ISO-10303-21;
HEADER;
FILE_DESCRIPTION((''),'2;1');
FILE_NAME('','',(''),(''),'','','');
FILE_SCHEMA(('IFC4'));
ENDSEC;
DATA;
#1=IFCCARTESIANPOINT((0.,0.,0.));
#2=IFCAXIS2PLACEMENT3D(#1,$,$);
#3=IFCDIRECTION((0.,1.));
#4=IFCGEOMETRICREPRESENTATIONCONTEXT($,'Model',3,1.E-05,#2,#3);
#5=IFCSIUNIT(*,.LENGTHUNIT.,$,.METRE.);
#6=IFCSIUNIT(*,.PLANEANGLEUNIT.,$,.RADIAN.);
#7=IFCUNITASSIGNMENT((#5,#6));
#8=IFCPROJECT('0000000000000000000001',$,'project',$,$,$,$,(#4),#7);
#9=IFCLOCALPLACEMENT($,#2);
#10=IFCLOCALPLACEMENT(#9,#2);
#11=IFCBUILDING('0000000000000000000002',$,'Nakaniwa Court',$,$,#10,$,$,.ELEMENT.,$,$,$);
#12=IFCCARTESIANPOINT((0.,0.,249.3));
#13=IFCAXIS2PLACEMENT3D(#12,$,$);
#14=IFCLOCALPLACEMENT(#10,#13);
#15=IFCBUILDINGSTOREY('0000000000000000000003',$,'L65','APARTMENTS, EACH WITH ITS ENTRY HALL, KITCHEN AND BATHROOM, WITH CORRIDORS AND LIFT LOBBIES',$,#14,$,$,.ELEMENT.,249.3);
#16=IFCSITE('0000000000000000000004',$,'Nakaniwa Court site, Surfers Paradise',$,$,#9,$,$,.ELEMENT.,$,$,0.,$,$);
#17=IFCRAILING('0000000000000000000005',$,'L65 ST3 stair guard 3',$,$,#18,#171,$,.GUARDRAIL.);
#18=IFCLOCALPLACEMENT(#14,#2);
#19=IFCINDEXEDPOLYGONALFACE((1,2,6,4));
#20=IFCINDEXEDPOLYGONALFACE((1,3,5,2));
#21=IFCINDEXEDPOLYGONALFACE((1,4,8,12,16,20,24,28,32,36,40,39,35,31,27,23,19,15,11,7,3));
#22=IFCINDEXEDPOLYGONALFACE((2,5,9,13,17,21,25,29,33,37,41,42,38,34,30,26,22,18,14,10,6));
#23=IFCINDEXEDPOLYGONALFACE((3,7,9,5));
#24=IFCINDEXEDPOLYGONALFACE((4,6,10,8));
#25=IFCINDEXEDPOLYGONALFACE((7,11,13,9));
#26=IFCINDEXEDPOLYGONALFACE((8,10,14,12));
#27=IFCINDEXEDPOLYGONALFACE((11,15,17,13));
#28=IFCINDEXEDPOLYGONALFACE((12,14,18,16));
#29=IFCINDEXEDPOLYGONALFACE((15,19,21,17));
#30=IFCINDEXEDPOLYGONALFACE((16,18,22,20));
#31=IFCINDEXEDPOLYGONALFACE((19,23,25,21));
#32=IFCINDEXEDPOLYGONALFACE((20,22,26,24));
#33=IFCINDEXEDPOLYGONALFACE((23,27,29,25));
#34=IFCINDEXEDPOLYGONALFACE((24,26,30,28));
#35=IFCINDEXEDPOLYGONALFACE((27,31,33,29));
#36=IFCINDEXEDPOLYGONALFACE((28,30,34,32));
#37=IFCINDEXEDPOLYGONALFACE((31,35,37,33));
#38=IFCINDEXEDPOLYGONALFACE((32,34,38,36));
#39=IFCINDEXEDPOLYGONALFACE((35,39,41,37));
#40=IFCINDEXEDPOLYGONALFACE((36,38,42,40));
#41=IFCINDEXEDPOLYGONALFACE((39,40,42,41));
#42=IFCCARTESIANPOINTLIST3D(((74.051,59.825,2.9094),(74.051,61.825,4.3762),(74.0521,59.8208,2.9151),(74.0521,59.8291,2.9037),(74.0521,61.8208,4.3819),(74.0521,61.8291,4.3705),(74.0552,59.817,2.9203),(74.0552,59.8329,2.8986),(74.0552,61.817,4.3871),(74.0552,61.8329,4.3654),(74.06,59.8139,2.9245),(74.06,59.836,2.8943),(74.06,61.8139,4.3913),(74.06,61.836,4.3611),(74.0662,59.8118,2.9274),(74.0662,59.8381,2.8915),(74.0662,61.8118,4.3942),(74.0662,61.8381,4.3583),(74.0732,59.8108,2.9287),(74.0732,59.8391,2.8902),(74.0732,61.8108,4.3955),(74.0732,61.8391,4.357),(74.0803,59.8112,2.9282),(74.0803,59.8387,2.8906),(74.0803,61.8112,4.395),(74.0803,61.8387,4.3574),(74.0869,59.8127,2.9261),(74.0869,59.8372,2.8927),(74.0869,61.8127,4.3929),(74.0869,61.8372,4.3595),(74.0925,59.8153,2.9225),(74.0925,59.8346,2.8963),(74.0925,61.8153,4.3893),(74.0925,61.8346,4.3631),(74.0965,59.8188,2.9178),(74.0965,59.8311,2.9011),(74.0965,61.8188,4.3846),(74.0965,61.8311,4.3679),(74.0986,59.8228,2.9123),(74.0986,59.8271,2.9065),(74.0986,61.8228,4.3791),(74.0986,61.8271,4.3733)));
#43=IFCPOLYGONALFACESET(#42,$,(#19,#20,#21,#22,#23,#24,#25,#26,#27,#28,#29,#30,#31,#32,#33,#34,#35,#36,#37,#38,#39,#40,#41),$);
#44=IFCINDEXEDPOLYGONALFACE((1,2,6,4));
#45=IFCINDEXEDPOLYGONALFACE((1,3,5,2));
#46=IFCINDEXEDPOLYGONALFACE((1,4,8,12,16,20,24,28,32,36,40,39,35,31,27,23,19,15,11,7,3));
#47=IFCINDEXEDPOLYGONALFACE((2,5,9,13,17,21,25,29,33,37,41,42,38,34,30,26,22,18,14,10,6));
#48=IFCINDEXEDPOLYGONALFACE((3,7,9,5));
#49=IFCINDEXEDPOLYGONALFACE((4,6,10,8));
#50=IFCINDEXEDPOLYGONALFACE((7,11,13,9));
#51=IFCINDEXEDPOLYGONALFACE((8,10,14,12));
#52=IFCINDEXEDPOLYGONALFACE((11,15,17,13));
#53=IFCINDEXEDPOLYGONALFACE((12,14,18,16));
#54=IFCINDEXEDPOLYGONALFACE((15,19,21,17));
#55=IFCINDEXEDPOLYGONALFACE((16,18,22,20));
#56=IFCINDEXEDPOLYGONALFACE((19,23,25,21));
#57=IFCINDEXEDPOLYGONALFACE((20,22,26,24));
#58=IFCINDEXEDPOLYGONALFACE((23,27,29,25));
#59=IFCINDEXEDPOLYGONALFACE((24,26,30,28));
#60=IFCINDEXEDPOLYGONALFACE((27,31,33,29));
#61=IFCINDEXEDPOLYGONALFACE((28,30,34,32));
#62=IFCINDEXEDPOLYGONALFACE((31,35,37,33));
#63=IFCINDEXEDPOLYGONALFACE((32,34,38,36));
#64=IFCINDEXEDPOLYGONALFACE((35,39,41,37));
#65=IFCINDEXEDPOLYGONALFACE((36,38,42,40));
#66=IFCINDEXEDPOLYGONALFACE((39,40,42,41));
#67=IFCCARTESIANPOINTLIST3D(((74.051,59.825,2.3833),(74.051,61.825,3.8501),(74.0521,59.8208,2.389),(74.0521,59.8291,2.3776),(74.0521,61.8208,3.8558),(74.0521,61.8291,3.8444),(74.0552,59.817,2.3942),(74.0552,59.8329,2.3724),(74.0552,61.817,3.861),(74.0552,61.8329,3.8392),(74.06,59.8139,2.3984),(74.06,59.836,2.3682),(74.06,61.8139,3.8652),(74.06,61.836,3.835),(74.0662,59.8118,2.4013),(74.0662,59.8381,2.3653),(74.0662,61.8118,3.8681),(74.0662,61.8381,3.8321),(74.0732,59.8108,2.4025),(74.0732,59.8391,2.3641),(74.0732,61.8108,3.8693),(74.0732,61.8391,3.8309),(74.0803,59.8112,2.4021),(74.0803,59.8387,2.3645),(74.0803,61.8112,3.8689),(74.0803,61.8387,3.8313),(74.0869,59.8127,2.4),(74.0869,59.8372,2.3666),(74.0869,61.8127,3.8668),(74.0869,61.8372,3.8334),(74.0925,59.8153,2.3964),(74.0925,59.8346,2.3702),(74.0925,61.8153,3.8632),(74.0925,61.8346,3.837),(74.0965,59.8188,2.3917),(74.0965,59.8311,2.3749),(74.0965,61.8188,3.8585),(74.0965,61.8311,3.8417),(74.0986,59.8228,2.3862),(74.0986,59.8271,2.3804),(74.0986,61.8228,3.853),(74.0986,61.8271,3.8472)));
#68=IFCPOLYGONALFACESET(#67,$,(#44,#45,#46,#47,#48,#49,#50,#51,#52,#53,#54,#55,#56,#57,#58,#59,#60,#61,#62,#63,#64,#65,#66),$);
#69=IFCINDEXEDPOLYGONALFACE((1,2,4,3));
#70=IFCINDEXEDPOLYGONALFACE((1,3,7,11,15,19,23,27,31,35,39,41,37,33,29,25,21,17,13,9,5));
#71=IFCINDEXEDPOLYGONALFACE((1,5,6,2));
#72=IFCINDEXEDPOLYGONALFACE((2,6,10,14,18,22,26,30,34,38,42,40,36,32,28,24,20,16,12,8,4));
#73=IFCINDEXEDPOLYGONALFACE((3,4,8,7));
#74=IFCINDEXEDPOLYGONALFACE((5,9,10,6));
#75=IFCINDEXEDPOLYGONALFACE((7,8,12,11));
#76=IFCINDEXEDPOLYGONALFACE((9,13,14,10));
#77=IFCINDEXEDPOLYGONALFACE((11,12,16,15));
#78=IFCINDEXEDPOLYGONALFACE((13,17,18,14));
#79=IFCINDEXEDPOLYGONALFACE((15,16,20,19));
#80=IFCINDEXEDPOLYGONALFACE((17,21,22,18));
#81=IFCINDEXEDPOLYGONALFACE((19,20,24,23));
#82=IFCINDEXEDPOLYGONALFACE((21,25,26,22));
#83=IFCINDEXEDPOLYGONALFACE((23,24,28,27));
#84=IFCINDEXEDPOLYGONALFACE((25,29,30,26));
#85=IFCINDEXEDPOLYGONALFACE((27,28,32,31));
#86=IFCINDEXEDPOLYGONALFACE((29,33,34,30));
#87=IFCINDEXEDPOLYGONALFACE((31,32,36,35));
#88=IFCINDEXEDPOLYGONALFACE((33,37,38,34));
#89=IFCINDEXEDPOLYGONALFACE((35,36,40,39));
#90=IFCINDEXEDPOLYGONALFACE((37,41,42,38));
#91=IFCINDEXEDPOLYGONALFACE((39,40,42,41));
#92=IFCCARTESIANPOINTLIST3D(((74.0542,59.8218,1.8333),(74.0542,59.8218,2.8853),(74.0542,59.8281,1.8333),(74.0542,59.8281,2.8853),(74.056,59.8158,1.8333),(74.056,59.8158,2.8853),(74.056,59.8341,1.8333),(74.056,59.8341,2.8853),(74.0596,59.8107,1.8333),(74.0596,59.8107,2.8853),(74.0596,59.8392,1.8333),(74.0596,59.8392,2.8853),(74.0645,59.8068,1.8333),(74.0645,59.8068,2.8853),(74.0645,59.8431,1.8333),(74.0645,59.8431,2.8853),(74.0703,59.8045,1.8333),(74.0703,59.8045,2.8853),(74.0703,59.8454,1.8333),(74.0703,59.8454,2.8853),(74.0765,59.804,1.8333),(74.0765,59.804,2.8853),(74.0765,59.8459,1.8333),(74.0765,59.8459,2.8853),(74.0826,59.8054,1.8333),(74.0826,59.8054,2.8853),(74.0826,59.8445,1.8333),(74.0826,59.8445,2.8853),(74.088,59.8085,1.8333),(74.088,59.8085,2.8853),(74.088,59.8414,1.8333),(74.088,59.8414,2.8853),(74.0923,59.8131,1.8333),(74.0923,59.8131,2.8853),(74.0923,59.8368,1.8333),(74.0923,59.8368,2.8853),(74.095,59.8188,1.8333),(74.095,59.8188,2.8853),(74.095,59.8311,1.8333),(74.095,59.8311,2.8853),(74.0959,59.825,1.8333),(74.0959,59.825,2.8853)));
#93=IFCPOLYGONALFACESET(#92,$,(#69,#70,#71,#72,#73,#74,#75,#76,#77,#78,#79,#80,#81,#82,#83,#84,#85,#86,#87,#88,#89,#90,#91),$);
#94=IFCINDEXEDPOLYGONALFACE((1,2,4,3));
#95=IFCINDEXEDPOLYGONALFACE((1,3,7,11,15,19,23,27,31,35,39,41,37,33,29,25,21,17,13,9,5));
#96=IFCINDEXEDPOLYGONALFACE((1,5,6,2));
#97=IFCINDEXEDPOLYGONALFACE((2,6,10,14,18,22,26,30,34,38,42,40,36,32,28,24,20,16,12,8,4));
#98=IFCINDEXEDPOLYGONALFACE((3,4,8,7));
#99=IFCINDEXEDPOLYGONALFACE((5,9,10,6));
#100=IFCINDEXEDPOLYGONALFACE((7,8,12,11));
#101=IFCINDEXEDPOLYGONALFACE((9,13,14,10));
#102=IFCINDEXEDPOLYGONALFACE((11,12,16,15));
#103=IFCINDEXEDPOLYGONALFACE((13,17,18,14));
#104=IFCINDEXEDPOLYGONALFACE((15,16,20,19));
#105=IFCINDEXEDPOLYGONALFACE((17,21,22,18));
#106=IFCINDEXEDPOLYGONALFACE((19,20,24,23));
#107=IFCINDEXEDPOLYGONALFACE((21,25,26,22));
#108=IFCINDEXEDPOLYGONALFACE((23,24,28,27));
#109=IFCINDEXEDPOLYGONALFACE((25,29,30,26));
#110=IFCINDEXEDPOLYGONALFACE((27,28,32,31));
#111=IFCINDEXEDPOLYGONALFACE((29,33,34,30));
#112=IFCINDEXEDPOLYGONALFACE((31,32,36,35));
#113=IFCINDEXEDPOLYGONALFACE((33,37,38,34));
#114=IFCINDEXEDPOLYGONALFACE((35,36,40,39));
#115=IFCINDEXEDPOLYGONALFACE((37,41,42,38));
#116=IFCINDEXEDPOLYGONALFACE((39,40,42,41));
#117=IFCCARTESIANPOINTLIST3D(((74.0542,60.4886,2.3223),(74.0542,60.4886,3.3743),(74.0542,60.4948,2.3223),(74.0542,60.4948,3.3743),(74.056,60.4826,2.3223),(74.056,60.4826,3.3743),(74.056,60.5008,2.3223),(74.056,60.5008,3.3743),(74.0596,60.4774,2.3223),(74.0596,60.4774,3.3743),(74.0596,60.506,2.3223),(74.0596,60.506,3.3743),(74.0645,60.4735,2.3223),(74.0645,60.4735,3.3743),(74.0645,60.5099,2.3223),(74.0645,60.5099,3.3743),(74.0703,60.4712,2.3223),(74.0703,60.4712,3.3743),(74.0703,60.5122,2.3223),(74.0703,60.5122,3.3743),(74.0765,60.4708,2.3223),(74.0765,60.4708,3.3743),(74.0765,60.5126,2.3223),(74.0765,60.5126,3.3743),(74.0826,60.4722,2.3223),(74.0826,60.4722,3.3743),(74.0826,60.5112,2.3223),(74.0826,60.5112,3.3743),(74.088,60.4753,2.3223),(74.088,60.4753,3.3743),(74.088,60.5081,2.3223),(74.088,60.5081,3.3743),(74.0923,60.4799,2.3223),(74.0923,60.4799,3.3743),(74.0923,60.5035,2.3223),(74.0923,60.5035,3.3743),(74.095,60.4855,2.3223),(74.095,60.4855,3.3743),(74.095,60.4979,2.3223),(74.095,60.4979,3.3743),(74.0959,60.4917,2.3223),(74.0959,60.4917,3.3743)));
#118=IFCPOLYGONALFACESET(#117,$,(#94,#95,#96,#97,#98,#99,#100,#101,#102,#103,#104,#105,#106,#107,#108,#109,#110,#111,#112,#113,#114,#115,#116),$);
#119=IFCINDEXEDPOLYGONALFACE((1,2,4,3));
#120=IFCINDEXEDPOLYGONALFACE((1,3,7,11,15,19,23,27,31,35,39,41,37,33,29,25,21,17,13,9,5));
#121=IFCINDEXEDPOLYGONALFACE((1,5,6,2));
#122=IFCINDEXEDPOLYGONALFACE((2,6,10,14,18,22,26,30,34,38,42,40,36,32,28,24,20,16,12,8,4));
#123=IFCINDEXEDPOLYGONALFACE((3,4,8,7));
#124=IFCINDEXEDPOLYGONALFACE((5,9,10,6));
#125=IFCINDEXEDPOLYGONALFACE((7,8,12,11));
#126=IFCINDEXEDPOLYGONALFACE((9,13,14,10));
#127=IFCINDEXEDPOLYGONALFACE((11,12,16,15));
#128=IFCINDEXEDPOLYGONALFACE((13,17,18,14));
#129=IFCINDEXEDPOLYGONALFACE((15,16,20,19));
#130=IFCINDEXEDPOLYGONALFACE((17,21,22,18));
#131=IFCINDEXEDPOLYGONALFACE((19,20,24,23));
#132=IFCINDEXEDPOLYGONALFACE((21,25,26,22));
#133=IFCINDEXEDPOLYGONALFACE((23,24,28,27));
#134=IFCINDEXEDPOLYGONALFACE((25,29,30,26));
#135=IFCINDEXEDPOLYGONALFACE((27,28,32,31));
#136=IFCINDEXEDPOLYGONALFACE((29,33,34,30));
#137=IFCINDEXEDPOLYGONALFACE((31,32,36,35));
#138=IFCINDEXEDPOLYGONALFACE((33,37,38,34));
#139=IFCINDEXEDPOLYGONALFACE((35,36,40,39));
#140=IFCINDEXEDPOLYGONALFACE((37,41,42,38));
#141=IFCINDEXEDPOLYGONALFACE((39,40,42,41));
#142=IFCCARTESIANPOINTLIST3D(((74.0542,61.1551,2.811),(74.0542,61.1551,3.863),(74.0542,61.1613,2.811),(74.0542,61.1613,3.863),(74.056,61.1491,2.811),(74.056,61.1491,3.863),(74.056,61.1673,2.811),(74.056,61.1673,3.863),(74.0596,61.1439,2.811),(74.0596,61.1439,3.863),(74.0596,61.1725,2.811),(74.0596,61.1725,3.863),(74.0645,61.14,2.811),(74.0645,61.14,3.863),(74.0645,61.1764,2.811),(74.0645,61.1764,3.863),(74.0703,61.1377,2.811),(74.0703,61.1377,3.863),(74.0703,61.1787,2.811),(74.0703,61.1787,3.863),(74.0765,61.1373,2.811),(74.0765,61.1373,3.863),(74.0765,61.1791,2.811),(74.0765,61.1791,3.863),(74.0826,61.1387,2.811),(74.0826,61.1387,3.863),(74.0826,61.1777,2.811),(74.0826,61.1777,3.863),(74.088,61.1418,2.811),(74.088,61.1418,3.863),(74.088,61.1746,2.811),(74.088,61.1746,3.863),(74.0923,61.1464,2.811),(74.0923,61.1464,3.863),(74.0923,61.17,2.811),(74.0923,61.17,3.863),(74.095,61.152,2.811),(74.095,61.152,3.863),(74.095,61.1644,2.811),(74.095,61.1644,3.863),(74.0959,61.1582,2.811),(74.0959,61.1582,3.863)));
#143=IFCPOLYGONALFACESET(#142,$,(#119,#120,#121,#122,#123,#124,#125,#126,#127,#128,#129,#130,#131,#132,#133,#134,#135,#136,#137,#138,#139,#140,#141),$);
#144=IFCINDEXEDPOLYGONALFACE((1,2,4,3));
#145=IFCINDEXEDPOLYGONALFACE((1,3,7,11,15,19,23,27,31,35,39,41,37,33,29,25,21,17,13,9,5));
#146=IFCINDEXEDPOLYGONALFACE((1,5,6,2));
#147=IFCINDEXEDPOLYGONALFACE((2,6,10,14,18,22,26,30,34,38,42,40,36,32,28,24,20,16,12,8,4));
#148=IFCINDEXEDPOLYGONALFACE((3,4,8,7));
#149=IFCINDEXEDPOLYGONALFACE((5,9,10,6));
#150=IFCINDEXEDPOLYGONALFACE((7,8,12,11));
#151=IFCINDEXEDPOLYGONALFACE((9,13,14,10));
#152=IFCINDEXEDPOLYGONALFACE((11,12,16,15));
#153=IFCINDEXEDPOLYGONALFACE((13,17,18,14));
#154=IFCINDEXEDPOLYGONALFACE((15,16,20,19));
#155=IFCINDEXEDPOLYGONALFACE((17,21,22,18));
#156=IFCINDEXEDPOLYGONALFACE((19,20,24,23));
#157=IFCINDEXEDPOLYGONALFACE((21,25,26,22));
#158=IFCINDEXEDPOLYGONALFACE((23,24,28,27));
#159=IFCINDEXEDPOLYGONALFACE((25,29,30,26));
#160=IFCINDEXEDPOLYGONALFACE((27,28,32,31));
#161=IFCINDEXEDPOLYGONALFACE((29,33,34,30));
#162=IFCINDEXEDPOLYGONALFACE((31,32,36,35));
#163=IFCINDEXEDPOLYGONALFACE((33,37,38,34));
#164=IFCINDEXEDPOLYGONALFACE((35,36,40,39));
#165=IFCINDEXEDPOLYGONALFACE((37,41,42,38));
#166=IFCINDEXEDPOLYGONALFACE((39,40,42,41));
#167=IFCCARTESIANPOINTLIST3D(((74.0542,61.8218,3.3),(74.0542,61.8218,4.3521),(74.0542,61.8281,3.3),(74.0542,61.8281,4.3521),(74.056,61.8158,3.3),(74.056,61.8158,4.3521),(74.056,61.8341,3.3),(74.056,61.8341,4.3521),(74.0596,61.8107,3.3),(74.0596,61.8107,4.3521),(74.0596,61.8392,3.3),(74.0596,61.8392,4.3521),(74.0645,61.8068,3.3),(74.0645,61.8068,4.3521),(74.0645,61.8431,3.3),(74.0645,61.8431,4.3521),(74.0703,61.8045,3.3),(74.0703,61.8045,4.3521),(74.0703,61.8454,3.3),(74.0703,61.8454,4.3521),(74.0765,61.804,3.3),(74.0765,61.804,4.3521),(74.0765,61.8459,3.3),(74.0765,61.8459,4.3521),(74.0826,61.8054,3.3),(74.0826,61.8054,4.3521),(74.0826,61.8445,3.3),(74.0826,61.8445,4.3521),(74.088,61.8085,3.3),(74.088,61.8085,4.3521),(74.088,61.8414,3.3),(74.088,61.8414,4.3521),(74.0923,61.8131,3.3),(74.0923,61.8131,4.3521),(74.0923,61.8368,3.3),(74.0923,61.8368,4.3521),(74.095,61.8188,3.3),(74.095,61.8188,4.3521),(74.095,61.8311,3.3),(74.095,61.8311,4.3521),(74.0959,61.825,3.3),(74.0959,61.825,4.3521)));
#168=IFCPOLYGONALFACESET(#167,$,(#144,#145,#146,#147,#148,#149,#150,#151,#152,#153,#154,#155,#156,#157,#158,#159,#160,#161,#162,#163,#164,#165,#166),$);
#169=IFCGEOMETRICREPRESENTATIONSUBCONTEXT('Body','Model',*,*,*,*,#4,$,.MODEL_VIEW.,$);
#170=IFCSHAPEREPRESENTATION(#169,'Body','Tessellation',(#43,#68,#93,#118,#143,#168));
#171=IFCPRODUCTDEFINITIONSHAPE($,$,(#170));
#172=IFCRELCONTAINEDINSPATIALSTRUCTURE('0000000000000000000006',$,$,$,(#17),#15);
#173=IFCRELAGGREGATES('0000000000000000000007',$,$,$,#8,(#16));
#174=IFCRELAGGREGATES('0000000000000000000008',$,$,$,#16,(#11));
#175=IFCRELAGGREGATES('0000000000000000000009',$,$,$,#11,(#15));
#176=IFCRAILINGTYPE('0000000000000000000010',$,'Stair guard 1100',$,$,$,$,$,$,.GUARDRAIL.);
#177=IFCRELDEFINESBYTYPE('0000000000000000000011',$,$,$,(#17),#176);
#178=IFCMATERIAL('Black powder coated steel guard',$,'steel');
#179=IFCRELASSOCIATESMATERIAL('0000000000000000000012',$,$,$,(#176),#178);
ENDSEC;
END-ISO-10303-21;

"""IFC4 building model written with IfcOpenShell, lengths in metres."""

from ifc_helpers import new_model, si_unit, direction, frame, origin, origin_2d, place, context, subcontext, project, spatial, circle, extrude, material, type_object, element, save


model = new_model("IFC4")

# Units and contexts
model_context = context("Model", 3, precision=1e-05, world=origin(), true_north=direction((0.0, 1.0)))
body_context = subcontext(model_context, "Body", "Model", "MODEL_VIEW")
ifc_project = project(units=[si_unit("LENGTHUNIT", "METRE"), si_unit("PLANEANGLEUNIT", "RADIAN")], contexts=[model_context])

# Site, building, storey
site_placement = place(None, origin())
site = spatial("IfcSite", under=ifc_project, at=site_placement, Name="Nakaniwa Court site, Surfers Paradise", CompositionType="ELEMENT", RefElevation=0.0)
building_placement = place(site_placement, origin())
building = spatial("IfcBuilding", under=site, at=building_placement, Name="Nakaniwa Court", CompositionType="ELEMENT")
storey_placement = place(building_placement, frame((0.0, 0.0, 249.3)))
storey = spatial("IfcBuildingStorey", under=building, at=storey_placement, Name="L65", Description="APARTMENTS, EACH WITH ITS ENTRY HALL, KITCHEN AND BATHROOM, WITH CORRIDORS AND LIFT LOBBIES", CompositionType="ELEMENT", Elevation=249.3)

# Railing
ifc_material_1 = material(Name="Black powder coated steel guard", Category="steel")
railing_type_1 = type_object("IfcRailingType", Name="Stair guard 1100", PredefinedType="GUARDRAIL", material=ifc_material_1)
railing_1_placement = place(storey_placement, frame((74.075, 59.825, 1.8333)))
element("IfcRailing", 1, at=railing_1_placement, inside=storey, type_object=railing_type_1, Name="L65 ST3 stair guard 3", PredefinedType="GUARDRAIL", context=body_context, shape_type="SweptSolid", body=[
    extrude(circle(Radius=0.0239, at=origin_2d()), frame((0.0, 0.0, 1.0762), z_axis=(0.0, 0.80638, 0.591398), x_axis=(-1.0, 0.0, 0.0)), (0.0, 0.0, 1.0), 2.4802),
    extrude(circle(Radius=0.0239, at=origin_2d()), frame((0.0, 0.0, 0.55), z_axis=(0.0, 0.80638, 0.591398), x_axis=(-1.0, 0.0, 0.0)), (0.0, 0.0, 1.0), 2.4802),
    extrude(circle(Radius=0.021, at=origin_2d()), origin(), (0.0, 0.0, 1.0), 1.052),
    extrude(circle(Radius=0.021, at=origin_2d()), frame((0.0, 0.6667, 0.489)), (0.0, 0.0, 1.0), 1.052),
    extrude(circle(Radius=0.021, at=origin_2d()), frame((0.0, 1.3333, 0.9778)), (0.0, 0.0, 1.0), 1.052),
    extrude(circle(Radius=0.021, at=origin_2d()), frame((0.0, 2.0, 1.4668)), (0.0, 0.0, 1.0), 1.052),
])

save(model, "model.ifc")
